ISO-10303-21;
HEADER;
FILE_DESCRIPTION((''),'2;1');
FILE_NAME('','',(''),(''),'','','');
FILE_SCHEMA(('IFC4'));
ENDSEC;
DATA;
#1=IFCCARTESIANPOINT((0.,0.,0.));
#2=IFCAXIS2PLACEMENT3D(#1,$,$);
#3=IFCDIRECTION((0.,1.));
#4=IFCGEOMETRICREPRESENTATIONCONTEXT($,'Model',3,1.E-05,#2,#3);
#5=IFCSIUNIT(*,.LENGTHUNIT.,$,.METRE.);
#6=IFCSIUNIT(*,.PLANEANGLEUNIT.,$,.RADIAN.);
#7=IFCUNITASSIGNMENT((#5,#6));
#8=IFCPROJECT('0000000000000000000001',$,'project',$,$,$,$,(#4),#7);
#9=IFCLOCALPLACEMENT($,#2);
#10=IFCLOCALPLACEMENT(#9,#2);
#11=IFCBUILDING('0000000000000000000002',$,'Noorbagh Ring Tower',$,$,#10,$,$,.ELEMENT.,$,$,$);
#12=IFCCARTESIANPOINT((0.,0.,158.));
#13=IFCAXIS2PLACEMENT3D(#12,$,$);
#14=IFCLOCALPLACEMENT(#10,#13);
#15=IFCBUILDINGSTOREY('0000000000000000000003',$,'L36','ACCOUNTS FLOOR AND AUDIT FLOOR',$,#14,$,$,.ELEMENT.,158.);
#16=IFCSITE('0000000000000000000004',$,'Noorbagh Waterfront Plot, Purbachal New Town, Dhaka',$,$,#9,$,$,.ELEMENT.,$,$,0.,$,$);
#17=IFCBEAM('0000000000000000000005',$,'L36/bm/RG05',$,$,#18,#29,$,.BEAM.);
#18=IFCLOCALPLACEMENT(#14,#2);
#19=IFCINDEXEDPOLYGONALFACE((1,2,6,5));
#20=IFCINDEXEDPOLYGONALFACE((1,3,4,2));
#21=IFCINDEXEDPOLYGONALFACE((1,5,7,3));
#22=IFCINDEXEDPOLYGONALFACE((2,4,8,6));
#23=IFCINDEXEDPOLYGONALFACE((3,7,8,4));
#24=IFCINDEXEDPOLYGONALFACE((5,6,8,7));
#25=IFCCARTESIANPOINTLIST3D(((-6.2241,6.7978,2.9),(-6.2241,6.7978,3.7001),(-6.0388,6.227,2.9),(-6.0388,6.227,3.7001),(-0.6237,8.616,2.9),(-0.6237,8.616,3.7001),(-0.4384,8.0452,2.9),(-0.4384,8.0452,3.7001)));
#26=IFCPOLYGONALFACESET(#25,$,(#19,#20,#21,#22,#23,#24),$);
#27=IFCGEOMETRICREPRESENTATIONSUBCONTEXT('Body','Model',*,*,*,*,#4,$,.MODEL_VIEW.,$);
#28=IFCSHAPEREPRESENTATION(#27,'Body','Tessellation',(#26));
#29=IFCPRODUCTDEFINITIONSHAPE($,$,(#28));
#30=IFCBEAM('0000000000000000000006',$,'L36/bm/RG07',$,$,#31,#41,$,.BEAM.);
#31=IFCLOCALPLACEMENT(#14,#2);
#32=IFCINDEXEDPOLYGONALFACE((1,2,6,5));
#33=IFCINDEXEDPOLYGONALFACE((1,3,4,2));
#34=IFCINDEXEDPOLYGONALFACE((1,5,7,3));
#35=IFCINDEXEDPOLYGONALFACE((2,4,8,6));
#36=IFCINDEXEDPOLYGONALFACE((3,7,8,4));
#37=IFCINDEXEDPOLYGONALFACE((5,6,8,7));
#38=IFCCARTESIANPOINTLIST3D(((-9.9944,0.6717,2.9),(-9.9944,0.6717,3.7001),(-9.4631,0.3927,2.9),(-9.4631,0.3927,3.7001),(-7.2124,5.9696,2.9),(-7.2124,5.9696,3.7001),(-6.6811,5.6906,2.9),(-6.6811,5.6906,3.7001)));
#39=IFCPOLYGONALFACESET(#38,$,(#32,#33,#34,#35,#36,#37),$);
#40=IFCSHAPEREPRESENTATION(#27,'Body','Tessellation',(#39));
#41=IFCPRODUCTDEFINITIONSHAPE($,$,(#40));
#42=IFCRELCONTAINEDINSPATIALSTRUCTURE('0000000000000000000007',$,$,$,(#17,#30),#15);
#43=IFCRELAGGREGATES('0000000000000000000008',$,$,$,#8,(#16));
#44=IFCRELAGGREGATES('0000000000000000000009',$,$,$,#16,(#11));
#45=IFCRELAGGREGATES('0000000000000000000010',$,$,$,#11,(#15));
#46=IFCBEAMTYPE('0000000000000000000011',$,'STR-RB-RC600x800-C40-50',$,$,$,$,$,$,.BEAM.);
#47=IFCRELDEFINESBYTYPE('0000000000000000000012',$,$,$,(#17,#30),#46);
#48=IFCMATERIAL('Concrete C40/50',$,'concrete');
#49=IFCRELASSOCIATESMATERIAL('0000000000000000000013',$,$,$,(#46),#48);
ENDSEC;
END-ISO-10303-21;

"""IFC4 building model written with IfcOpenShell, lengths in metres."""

from ifc_helpers import new_model, si_unit, direction, frame, origin, origin_2d, place, context, subcontext, project, spatial, rectangle, extrude, material, material_profile, profile_set, type_object, element, save


model = new_model("IFC4")

# Units and contexts
model_context = context("Model", 3, precision=1e-05, world=origin(), true_north=direction((0.0, 1.0)))
body_context = subcontext(model_context, "Body", "Model", "MODEL_VIEW")
ifc_project = project(units=[si_unit("LENGTHUNIT", "METRE"), si_unit("PLANEANGLEUNIT", "RADIAN")], contexts=[model_context])

# Site, building, storey
site_placement = place(None, origin())
site = spatial("IfcSite", under=ifc_project, at=site_placement, Name="Noorbagh Waterfront Plot, Purbachal New Town, Dhaka", CompositionType="ELEMENT", RefElevation=0.0)
building_placement = place(site_placement, origin())
building = spatial("IfcBuilding", under=site, at=building_placement, Name="Noorbagh Ring Tower", CompositionType="ELEMENT")
storey_placement = place(building_placement, frame((0.0, 0.0, 158.0)))
storey = spatial("IfcBuildingStorey", under=building, at=storey_placement, Name="L36", Description="ACCOUNTS FLOOR AND AUDIT FLOOR", CompositionType="ELEMENT", Elevation=158.0)

# Beams
ifc_material_1 = material(Name="Concrete C40/50", Category="concrete")
ifc_material_profile_1 = material_profile(ifc_material_1, rectangle(XDim=0.6001, YDim=0.8, at=origin_2d()), Name="RC600x800")
ifc_profile_set_1 = profile_set([ifc_material_profile_1], Name="Concrete C40/50")
beam_type = type_object("IfcBeamType", Name="STR-RB-RC600x800-C40-50", PredefinedType="BEAM", material=ifc_profile_set_1)
beam_1_placement = place(storey_placement, frame((-0.531, 8.3306, 3.3), z_axis=(-0.951134, -0.308779, 0.0), x_axis=(0.308779, -0.951134, 0.0)))
element("IfcBeam", 1, at=beam_1_placement, inside=storey, type_object=beam_type, Name="L36/bm/RG05", PredefinedType="BEAM", context=body_context, shape_type="SweptSolid", body=[
    extrude(rectangle(XDim=0.6001, YDim=0.8, at=origin_2d()), origin(), (0.0, 0.0, 1.0), 5.8882),
])
beam_2_placement = place(storey_placement, frame((-6.9468, 5.8301, 3.3), z_axis=(-0.464914, -0.885356, 0.0), x_axis=(0.885356, -0.464914, 0.0)))
element("IfcBeam", 2, at=beam_2_placement, inside=storey, type_object=beam_type, Name="L36/bm/RG07", PredefinedType="BEAM", context=body_context, shape_type="SweptSolid", body=[
    extrude(rectangle(XDim=0.6001, YDim=0.8, at=origin_2d()), origin(), (0.0, 0.0, 1.0), 5.9839),
])

save(model, "model.ifc")
